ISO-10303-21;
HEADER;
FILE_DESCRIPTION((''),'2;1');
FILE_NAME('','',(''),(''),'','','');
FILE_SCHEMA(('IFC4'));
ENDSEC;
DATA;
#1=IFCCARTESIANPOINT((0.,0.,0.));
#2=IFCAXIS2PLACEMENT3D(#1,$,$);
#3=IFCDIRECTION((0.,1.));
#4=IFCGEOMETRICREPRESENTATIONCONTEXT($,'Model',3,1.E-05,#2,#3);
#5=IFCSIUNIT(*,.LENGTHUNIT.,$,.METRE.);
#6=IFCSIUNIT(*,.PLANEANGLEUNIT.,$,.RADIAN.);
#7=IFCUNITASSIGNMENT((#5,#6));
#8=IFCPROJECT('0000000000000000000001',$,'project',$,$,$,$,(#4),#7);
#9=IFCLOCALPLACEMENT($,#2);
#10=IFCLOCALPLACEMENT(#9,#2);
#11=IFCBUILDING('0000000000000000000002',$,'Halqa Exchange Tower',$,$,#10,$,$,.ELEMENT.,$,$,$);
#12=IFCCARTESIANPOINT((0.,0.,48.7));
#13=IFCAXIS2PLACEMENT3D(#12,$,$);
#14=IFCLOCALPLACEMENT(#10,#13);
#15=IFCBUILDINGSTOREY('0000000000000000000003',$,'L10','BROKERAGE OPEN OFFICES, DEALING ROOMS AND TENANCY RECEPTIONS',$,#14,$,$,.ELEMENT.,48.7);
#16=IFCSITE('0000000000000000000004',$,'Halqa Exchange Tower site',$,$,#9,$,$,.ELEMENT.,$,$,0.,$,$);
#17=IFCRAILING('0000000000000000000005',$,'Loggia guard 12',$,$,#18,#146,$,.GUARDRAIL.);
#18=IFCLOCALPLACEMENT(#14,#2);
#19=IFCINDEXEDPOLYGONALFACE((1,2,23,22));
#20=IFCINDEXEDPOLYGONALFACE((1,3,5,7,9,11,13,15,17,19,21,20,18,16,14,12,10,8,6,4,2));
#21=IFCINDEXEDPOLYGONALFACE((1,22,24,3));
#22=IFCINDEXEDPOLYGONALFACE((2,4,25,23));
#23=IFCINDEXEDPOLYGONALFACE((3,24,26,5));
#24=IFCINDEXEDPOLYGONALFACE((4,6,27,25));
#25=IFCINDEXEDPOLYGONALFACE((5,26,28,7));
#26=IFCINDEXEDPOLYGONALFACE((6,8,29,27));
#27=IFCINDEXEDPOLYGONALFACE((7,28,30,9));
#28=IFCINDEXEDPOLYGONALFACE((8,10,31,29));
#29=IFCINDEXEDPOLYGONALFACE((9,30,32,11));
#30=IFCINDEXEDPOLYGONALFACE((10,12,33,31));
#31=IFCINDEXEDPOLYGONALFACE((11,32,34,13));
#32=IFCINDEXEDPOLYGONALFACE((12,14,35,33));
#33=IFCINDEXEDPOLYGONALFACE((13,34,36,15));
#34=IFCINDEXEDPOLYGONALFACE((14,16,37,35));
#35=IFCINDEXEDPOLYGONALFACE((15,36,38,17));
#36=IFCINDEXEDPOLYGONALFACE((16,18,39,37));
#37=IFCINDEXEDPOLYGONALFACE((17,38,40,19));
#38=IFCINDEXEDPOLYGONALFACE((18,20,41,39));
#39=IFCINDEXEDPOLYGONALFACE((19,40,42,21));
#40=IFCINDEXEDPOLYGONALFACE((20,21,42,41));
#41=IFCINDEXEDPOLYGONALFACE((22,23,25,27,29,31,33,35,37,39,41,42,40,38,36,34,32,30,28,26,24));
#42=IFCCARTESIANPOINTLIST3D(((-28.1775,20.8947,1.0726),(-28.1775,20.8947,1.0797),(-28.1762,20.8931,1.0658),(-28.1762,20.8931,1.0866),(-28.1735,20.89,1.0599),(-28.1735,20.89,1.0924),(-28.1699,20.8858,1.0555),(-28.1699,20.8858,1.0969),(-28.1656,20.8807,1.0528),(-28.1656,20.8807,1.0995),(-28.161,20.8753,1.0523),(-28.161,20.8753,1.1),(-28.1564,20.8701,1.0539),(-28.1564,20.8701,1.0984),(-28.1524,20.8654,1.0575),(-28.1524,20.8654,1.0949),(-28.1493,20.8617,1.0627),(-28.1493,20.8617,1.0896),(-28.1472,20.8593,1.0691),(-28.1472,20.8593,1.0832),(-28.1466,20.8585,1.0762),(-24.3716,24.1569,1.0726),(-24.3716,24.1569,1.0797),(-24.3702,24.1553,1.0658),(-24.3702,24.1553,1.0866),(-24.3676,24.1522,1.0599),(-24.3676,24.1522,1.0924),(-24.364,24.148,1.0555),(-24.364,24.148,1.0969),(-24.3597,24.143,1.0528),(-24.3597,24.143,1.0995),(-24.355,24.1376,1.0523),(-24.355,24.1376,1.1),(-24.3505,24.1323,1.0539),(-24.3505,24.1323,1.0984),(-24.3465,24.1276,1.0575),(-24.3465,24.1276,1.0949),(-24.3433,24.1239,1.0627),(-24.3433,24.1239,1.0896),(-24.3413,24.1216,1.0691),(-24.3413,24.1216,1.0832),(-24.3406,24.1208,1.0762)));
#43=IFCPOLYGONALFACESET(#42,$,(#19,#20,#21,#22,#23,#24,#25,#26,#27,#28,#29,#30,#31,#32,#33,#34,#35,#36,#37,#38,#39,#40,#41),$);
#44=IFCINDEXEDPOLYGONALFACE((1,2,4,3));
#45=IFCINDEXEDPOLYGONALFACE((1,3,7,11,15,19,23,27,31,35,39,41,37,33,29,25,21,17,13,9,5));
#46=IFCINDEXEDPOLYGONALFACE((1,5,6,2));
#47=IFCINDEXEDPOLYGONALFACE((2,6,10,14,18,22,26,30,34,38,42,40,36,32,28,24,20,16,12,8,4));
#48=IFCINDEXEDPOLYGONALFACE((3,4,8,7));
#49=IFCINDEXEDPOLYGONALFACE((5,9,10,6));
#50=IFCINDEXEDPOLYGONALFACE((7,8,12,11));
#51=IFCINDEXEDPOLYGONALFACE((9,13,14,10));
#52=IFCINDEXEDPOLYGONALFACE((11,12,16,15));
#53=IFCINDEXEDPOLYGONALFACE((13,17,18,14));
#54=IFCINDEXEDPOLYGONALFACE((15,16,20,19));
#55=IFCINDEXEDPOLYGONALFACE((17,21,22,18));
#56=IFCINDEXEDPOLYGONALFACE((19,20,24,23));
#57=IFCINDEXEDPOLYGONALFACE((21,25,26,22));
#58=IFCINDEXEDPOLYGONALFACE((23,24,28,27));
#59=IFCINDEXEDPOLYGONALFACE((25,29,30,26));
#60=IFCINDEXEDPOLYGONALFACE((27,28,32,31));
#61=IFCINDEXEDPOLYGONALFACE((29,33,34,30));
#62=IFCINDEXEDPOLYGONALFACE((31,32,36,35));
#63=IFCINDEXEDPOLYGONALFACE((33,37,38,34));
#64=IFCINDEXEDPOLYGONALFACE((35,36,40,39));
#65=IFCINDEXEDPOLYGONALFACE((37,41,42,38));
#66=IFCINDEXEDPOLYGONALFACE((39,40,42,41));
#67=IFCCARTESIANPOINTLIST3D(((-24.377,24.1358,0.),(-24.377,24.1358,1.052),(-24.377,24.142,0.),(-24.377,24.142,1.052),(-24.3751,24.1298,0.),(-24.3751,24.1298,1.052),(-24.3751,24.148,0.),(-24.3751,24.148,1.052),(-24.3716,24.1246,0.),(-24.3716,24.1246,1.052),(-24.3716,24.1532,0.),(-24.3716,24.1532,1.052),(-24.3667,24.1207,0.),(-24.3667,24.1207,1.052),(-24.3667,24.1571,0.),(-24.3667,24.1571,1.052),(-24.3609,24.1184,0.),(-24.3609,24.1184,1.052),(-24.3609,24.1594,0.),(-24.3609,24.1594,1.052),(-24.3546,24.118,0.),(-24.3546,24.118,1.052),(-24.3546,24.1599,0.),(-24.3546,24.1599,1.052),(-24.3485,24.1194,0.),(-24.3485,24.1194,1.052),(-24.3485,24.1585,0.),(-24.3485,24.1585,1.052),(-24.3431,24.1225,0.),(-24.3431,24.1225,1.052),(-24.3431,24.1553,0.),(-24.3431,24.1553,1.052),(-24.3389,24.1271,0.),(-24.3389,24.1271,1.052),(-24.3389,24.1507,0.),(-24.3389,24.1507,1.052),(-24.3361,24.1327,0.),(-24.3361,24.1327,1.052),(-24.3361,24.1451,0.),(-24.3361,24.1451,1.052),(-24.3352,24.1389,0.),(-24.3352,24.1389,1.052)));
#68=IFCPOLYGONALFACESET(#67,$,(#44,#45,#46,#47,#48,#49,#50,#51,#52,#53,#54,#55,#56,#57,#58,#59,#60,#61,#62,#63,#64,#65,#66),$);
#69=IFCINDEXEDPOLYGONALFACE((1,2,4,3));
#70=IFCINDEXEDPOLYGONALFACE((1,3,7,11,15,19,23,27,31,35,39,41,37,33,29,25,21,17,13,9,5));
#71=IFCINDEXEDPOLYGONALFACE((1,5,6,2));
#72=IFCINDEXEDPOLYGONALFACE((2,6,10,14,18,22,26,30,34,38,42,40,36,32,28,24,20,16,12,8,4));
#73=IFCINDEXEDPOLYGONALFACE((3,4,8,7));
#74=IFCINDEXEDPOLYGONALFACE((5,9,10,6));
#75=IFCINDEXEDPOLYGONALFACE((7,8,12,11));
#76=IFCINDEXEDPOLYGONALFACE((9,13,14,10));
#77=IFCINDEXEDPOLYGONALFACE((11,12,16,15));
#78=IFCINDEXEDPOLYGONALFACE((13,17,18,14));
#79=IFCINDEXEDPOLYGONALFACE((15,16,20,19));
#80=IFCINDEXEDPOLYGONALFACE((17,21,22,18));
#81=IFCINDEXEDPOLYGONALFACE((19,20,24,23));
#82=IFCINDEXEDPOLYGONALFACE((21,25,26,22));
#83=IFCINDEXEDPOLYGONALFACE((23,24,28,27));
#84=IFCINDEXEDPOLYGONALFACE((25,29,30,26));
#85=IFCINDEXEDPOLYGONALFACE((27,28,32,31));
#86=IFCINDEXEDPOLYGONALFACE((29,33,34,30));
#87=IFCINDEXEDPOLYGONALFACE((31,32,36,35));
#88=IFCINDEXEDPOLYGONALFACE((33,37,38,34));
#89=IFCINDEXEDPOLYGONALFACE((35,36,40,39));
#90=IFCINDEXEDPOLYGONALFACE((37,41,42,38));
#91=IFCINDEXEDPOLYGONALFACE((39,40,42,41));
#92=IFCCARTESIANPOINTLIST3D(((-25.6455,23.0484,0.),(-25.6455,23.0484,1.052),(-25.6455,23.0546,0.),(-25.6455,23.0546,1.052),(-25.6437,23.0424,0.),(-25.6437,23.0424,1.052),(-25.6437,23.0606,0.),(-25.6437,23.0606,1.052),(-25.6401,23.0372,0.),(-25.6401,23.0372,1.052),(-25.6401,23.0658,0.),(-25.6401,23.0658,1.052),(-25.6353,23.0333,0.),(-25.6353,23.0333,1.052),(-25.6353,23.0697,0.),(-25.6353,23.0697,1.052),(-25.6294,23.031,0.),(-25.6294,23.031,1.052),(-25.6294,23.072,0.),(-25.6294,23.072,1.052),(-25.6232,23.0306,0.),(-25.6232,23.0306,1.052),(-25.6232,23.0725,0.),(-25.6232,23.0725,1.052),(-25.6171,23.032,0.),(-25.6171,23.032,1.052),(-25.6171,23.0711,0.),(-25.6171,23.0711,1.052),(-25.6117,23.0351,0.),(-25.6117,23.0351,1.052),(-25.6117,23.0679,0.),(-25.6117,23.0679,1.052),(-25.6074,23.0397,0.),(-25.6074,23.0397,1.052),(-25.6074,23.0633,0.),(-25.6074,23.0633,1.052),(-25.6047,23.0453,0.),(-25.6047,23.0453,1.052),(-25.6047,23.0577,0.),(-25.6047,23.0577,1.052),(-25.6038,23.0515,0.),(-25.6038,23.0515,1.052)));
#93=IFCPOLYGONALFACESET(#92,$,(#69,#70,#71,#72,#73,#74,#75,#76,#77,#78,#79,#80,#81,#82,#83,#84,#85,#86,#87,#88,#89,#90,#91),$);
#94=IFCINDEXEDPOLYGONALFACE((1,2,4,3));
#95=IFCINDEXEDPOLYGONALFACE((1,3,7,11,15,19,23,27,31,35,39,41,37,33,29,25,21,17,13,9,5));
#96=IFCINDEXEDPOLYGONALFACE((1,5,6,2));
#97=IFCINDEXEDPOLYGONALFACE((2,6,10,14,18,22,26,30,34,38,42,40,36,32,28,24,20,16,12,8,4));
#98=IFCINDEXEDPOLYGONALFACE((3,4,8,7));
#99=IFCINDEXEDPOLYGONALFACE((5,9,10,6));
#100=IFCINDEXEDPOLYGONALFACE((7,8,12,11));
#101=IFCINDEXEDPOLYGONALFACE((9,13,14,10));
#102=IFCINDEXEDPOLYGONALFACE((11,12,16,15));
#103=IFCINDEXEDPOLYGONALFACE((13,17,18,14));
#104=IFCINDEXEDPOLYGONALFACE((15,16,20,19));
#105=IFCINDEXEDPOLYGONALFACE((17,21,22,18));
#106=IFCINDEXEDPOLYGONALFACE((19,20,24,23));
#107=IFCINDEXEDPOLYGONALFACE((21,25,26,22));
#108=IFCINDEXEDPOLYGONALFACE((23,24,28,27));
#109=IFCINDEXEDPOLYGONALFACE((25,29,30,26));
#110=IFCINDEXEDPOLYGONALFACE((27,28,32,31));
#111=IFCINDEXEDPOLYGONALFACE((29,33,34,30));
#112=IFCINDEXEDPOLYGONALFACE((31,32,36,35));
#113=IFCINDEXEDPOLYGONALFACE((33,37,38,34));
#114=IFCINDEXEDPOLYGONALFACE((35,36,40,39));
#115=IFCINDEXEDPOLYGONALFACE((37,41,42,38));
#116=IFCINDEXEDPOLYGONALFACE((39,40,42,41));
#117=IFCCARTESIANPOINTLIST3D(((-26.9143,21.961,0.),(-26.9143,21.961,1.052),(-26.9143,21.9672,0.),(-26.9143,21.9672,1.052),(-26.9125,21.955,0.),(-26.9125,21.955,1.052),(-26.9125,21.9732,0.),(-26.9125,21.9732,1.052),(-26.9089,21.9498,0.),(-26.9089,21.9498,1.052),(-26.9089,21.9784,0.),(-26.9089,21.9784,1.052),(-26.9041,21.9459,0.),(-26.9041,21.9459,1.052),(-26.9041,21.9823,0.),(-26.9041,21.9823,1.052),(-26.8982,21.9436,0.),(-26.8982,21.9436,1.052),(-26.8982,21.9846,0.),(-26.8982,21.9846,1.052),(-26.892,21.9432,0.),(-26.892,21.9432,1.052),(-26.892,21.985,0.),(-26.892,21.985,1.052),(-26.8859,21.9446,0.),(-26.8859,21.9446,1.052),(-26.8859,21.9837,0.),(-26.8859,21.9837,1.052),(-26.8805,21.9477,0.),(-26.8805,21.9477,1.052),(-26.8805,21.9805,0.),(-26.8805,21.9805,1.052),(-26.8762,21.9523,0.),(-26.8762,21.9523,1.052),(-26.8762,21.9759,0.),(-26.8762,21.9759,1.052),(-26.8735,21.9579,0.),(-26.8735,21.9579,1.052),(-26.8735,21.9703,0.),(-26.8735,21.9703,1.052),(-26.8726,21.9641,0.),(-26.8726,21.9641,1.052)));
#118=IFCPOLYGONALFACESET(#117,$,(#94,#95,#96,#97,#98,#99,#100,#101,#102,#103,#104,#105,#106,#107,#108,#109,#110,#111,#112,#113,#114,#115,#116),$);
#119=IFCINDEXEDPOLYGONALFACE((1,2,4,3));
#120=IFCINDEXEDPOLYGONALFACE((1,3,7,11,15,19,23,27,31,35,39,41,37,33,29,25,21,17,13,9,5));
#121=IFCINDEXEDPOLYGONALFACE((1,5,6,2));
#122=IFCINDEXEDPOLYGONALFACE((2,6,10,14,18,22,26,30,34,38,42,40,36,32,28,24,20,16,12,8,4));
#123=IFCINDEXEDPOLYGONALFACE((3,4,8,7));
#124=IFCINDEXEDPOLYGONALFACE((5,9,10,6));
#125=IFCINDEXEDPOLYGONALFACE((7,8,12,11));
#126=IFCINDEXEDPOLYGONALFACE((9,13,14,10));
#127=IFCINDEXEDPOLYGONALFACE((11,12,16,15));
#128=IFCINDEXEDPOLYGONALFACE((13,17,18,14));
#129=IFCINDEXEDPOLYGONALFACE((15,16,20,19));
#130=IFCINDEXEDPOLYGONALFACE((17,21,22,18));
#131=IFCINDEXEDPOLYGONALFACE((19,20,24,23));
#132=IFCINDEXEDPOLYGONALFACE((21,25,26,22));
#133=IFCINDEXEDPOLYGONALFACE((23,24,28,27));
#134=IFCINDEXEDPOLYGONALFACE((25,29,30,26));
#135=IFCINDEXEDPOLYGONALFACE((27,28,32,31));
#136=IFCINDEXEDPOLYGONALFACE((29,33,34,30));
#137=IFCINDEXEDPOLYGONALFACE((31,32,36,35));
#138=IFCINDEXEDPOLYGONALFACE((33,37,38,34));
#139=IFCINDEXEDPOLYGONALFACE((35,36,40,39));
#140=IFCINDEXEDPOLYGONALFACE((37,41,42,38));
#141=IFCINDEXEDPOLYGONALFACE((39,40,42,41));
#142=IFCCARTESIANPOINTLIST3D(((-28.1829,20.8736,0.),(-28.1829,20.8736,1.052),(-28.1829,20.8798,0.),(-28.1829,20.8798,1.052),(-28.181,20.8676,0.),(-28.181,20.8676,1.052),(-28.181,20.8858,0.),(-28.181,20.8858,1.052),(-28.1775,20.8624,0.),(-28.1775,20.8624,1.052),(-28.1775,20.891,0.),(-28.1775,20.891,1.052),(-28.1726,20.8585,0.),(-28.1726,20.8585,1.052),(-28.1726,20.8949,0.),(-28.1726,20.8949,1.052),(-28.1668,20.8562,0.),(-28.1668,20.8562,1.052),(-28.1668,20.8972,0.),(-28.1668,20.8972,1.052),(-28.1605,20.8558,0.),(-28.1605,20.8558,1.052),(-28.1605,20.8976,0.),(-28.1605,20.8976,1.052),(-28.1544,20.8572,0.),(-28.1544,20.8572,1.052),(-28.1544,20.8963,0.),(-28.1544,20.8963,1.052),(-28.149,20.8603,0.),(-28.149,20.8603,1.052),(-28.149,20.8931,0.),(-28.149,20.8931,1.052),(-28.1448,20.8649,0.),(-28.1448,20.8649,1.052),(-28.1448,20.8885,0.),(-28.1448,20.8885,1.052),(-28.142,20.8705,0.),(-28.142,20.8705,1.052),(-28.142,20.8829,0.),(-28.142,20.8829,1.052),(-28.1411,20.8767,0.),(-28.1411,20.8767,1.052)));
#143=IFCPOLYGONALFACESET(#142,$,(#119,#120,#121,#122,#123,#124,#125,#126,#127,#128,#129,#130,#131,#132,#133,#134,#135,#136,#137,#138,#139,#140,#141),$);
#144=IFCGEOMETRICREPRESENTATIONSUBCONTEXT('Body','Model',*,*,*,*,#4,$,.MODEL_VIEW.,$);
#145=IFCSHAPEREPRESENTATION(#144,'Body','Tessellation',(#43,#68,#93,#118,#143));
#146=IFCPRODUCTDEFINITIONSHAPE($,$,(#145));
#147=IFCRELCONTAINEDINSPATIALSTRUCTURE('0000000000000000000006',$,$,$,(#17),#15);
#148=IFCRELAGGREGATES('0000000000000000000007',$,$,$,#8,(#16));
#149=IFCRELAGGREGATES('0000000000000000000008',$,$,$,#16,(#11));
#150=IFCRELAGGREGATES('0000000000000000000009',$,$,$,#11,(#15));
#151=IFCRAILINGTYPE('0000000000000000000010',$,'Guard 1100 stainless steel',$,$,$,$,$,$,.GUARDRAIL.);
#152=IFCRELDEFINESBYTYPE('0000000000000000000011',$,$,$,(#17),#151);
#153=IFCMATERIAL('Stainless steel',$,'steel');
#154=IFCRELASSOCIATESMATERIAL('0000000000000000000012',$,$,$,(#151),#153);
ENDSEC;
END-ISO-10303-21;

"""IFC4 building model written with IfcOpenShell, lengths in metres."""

from ifc_helpers import new_model, si_unit, direction, frame, origin, origin_2d, place, context, subcontext, project, spatial, circle, extrude, material, type_object, element, save


model = new_model("IFC4")

# Units and contexts
model_context = context("Model", 3, precision=1e-05, world=origin(), true_north=direction((0.0, 1.0)))
body_context = subcontext(model_context, "Body", "Model", "MODEL_VIEW")
ifc_project = project(units=[si_unit("LENGTHUNIT", "METRE"), si_unit("PLANEANGLEUNIT", "RADIAN")], contexts=[model_context])

# Site, building, storey
site_placement = place(None, origin())
site = spatial("IfcSite", under=ifc_project, at=site_placement, Name="Halqa Exchange Tower site", CompositionType="ELEMENT", RefElevation=0.0)
building_placement = place(site_placement, origin())
building = spatial("IfcBuilding", under=site, at=building_placement, Name="Halqa Exchange Tower", CompositionType="ELEMENT")
storey_placement = place(building_placement, frame((0.0, 0.0, 48.7)))
storey = spatial("IfcBuildingStorey", under=building, at=storey_placement, Name="L10", Description="BROKERAGE OPEN OFFICES, DEALING ROOMS AND TENANCY RECEPTIONS", CompositionType="ELEMENT", Elevation=48.7)

# Railing
ifc_material_1 = material(Name="Stainless steel", Category="steel")
railing_type = type_object("IfcRailingType", Name="Guard 1100 stainless steel", PredefinedType="GUARDRAIL", material=ifc_material_1)
railing_1_placement = place(storey_placement, frame((-24.3562, 24.1389, 0.0)))
element("IfcRailing", 1, at=railing_1_placement, inside=storey, type_object=railing_type, Name="Loggia guard 12", PredefinedType="GUARDRAIL", context=body_context, shape_type="SweptSolid", body=[
    extrude(circle(Radius=0.0239, at=origin_2d()), frame((0.0, 0.0, 1.0762), z_axis=(-0.759257, -0.650791, 0.0), x_axis=(0.650791, -0.759257, 0.0)), (0.0, 0.0, 1.0), 5.0127),
    extrude(circle(Radius=0.021, at=origin_2d()), origin(), (0.0, 0.0, 1.0), 1.052),
    extrude(circle(Radius=0.021, at=origin_2d()), frame((-1.2686, -1.0874, 0.0)), (0.0, 0.0, 1.0), 1.052),
    extrude(circle(Radius=0.021, at=origin_2d()), frame((-2.5374, -2.1748, 0.0)), (0.0, 0.0, 1.0), 1.052),
    extrude(circle(Radius=0.021, at=origin_2d()), frame((-3.8059, -3.2622, 0.0)), (0.0, 0.0, 1.0), 1.052),
])

save(model, "model.ifc")
